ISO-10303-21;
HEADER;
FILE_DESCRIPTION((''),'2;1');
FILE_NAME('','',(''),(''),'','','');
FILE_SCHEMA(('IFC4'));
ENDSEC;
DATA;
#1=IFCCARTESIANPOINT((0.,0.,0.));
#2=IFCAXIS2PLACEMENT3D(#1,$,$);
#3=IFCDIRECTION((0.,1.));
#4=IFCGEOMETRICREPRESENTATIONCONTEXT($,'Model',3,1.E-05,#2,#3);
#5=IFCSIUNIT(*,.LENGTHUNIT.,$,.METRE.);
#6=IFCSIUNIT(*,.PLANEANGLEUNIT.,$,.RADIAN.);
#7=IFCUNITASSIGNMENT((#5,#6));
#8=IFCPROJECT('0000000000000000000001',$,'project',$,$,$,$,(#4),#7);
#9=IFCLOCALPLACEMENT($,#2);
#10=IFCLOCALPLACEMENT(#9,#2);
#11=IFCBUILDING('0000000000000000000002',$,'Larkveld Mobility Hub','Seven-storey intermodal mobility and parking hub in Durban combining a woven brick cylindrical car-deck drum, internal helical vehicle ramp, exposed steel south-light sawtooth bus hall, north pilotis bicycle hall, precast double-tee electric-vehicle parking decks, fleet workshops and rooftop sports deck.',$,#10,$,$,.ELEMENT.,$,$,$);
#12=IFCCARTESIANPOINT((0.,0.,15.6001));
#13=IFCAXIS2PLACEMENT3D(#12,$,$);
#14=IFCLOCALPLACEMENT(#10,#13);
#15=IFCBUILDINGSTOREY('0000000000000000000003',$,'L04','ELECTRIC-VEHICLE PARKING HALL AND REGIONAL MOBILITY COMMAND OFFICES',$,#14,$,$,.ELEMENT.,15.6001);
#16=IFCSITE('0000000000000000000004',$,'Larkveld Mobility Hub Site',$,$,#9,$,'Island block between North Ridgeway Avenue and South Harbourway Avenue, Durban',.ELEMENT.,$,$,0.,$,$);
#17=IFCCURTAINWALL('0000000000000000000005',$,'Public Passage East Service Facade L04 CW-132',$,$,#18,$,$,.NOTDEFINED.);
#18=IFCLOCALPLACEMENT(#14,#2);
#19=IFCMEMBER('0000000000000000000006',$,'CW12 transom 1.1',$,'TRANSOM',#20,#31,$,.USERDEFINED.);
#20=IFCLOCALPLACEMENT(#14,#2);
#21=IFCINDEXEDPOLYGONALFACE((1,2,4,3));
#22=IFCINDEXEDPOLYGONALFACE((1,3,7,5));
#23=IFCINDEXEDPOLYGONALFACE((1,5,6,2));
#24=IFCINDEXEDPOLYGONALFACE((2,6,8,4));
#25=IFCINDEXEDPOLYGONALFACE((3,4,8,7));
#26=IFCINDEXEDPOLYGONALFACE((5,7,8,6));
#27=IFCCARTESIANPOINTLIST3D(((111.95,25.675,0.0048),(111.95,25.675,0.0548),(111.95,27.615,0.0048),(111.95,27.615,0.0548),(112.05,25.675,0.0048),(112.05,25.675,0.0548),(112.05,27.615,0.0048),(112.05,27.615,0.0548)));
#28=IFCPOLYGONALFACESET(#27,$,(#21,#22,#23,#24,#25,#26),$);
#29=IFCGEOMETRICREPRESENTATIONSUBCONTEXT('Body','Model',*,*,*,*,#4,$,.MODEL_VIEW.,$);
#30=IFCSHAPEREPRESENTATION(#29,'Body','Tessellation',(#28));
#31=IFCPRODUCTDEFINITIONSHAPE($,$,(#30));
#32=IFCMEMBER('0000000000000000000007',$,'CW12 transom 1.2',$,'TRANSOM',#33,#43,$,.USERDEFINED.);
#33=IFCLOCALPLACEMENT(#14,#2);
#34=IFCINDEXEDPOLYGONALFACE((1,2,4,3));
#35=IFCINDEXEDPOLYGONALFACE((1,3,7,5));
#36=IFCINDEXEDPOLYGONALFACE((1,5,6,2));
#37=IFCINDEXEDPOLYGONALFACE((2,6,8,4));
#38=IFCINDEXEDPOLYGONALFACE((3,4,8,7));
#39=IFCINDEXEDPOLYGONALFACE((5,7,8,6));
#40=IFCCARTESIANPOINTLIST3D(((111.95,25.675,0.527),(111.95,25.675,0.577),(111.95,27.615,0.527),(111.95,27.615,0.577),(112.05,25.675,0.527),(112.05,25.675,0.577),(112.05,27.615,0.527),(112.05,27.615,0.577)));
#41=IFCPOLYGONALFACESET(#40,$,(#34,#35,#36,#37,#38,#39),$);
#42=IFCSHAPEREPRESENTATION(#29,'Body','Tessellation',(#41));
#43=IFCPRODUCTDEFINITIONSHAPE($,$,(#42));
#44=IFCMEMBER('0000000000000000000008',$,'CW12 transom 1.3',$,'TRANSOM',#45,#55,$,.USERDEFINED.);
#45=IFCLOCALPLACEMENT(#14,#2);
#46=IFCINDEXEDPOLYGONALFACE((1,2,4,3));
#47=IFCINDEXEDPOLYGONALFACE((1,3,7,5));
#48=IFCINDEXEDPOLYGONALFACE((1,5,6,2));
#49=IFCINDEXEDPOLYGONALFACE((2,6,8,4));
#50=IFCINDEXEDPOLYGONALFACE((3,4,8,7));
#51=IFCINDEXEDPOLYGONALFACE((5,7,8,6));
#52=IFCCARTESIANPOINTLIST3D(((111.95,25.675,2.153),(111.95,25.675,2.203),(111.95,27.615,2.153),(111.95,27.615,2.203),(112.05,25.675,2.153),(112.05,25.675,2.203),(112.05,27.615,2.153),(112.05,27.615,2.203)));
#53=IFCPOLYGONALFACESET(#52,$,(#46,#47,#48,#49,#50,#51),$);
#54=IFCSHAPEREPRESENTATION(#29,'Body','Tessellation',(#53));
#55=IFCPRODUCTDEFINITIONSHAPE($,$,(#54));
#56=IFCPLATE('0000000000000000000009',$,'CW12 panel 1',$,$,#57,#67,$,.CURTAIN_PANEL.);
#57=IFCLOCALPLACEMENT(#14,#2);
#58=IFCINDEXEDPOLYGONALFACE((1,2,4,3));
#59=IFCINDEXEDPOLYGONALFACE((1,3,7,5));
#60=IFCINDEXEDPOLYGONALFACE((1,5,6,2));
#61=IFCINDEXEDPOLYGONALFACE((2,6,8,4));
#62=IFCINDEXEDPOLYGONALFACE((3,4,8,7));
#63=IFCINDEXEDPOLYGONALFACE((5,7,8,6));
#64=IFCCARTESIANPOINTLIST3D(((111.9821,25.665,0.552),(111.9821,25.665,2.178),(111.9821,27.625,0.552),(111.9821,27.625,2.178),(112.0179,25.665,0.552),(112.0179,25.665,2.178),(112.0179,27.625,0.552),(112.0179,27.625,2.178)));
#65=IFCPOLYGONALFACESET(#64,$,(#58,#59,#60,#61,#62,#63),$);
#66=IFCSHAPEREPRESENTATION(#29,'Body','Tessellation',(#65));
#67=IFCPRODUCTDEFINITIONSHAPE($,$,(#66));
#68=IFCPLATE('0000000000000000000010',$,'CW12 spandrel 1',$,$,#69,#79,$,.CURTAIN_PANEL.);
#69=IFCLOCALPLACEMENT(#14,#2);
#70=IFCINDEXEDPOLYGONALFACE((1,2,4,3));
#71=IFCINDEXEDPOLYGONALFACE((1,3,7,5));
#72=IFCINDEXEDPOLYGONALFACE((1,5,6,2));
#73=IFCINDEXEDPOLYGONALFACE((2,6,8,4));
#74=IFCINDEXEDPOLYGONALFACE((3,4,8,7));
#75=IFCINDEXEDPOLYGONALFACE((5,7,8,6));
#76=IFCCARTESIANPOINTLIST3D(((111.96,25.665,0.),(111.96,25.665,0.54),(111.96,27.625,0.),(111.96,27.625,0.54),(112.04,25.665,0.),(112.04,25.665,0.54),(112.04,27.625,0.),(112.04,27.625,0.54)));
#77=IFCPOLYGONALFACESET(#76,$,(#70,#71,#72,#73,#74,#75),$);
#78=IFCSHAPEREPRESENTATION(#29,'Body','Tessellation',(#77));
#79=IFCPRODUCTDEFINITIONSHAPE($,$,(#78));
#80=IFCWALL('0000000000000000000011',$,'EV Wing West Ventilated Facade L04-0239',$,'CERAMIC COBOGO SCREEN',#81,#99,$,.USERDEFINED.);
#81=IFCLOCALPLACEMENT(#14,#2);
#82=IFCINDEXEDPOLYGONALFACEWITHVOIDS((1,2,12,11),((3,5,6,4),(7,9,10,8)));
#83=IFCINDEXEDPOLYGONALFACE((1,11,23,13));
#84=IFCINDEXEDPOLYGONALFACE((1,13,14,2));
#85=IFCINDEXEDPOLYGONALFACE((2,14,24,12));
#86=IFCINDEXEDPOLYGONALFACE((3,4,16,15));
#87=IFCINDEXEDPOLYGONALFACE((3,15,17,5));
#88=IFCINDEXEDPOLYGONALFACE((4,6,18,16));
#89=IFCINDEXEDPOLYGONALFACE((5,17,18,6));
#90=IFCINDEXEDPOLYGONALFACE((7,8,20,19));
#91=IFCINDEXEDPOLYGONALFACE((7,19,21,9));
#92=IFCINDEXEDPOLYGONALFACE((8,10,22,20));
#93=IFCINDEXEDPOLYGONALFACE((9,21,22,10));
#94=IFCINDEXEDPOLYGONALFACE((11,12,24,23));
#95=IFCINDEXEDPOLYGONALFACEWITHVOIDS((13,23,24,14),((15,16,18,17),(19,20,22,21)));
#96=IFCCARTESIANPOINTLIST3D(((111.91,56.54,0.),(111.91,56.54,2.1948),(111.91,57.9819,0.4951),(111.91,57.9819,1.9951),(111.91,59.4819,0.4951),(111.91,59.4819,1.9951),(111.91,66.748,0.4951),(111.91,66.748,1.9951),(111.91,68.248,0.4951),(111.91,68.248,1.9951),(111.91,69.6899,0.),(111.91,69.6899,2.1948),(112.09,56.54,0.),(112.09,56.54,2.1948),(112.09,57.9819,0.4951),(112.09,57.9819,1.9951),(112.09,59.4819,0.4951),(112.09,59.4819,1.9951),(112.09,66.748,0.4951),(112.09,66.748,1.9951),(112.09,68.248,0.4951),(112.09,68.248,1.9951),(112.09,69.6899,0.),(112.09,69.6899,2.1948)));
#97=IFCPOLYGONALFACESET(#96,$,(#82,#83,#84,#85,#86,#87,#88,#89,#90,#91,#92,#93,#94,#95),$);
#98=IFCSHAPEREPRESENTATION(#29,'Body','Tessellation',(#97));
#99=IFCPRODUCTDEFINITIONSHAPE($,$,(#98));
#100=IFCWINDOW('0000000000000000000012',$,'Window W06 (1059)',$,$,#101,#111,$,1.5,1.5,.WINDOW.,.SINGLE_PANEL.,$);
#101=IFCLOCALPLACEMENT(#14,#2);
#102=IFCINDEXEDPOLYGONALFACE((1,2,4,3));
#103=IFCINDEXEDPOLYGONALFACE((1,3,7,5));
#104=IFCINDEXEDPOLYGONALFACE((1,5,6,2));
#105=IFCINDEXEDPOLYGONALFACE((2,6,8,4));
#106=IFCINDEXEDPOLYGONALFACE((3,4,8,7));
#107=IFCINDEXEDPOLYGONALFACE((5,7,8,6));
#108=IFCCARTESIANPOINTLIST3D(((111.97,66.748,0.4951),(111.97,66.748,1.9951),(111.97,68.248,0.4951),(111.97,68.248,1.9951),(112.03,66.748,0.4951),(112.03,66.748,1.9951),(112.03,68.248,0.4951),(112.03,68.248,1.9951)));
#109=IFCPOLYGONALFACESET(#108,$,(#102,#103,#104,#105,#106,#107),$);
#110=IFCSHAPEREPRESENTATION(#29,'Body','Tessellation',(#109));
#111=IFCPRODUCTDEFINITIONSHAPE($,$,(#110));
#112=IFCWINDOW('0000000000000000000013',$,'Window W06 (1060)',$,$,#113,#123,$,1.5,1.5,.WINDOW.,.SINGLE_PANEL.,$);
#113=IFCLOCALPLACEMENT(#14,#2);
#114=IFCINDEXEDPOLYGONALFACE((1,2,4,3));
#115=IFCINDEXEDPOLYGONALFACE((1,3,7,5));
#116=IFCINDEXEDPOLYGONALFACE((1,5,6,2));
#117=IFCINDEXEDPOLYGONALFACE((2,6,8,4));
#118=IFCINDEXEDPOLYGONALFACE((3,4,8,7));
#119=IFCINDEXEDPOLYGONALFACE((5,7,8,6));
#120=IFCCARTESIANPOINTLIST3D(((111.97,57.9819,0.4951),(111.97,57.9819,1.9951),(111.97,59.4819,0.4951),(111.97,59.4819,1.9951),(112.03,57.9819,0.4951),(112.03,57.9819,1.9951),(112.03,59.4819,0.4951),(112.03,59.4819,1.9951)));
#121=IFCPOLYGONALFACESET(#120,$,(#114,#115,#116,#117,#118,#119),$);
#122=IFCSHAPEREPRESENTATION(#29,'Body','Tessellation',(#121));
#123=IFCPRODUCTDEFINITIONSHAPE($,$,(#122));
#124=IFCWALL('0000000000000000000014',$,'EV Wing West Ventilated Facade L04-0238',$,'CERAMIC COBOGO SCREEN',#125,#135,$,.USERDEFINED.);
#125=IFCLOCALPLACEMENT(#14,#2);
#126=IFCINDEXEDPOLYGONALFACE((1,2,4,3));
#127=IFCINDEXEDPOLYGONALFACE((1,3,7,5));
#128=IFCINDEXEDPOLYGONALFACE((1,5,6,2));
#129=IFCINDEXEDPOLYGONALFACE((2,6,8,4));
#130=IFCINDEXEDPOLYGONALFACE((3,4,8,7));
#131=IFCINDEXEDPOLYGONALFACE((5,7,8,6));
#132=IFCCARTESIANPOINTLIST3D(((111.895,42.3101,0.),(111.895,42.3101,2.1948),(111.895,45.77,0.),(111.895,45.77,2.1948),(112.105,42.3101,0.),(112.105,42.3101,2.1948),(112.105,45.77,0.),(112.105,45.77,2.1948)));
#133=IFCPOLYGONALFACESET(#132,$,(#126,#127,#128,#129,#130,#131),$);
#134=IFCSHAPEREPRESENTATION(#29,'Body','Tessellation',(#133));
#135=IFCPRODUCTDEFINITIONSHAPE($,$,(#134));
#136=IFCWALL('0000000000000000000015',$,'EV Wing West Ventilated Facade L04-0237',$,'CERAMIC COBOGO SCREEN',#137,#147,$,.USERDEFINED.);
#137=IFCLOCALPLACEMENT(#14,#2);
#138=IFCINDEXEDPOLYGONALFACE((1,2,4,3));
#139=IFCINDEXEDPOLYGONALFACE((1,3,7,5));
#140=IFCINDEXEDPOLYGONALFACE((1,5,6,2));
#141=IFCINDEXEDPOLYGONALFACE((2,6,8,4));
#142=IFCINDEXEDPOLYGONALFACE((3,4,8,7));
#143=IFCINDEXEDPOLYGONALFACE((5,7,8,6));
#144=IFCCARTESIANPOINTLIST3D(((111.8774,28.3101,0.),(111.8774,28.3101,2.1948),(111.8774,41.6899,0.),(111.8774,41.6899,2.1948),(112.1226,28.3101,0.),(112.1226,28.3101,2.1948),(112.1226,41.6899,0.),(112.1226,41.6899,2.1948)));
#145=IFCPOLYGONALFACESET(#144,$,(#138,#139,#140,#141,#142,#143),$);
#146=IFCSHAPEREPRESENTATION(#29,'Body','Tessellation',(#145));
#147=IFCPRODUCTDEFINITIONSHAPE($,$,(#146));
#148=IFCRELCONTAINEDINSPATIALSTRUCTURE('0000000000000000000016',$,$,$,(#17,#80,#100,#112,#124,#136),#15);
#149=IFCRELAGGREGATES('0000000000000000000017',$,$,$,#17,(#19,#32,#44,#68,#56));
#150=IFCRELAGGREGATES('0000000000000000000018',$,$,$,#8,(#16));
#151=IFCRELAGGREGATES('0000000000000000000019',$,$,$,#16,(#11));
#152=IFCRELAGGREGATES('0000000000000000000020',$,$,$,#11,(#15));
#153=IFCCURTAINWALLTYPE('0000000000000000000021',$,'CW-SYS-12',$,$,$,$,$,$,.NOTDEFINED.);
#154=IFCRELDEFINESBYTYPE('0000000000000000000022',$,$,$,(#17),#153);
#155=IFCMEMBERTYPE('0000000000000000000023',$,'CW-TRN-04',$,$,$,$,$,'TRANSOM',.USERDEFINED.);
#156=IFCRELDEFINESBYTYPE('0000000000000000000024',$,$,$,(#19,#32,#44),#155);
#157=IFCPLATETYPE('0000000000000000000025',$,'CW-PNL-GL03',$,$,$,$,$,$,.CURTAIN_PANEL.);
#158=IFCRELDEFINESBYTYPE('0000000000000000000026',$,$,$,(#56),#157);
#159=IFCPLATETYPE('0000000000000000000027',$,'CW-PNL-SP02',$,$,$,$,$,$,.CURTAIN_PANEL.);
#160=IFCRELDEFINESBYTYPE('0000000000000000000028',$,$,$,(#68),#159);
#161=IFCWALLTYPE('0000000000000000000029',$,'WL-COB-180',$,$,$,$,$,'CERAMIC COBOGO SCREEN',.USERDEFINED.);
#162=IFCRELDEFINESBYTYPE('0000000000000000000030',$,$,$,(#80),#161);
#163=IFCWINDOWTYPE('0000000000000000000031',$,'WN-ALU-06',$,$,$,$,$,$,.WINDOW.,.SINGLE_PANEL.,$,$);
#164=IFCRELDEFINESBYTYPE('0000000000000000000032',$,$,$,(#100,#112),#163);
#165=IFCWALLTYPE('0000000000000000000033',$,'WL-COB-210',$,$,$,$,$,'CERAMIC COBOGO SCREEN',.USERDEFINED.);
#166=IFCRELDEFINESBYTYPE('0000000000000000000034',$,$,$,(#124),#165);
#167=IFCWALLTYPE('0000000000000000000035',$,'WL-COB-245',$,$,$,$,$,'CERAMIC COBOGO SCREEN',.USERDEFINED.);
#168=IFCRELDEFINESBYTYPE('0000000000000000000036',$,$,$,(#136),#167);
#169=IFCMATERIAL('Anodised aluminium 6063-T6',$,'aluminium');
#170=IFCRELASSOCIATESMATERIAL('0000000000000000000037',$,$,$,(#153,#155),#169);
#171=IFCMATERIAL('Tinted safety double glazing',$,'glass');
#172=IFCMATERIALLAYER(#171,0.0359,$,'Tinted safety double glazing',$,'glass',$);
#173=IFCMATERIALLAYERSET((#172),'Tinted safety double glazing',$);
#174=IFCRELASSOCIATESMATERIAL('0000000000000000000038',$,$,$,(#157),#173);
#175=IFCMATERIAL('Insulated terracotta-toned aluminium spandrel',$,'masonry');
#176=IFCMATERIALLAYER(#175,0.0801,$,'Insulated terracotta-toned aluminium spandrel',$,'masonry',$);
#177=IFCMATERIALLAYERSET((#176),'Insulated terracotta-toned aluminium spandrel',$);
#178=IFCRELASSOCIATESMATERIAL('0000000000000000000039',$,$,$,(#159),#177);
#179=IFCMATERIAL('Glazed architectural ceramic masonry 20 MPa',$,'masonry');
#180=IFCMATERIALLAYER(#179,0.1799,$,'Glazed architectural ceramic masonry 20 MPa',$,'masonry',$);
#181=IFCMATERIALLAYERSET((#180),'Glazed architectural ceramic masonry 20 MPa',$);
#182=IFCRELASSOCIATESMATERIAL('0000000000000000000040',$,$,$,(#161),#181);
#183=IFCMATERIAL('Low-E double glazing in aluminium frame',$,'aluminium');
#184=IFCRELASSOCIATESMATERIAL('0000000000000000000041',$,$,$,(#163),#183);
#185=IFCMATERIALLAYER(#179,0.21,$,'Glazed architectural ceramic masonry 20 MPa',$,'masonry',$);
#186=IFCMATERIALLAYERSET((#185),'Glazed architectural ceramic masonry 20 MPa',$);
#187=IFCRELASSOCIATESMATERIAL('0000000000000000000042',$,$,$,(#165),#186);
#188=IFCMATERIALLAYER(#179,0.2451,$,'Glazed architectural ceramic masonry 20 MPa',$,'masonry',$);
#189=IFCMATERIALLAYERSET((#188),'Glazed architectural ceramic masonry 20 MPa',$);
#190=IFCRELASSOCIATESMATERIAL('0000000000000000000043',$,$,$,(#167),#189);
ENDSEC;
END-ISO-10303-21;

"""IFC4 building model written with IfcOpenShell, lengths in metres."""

from ifc_helpers import new_model, si_unit, direction, frame, frame_2d, origin, origin_2d, place, context, subcontext, project, spatial, rectangle, extrude, material, layer, layer_set, material_profile, profile_set, type_object, element, fill, aggregate, save


model = new_model("IFC4")

# Units and contexts
model_context = context("Model", 3, precision=1e-05, world=origin(), true_north=direction((0.0, 1.0)))
body_context = subcontext(model_context, "Body", "Model", "MODEL_VIEW")
ifc_project = project(units=[si_unit("LENGTHUNIT", "METRE"), si_unit("PLANEANGLEUNIT", "RADIAN")], contexts=[model_context])

# Site, building, storey
site_placement = place(None, origin())
site = spatial("IfcSite", under=ifc_project, at=site_placement, Name="Larkveld Mobility Hub Site", LongName="Island block between North Ridgeway Avenue and South Harbourway Avenue, Durban", CompositionType="ELEMENT", RefElevation=0.0)
building_placement = place(site_placement, origin())
building = spatial("IfcBuilding", under=site, at=building_placement, Name="Larkveld Mobility Hub", Description="Seven-storey intermodal mobility and parking hub in Durban combining a woven brick cylindrical car-deck drum, internal helical vehicle ramp, exposed steel south-light sawtooth bus hall, north pilotis bicycle hall, precast double-tee electric-vehicle parking decks, fleet workshops and rooftop sports deck.", CompositionType="ELEMENT")
storey_placement = place(building_placement, frame((0.0, 0.0, 15.6001)))
storey = spatial("IfcBuildingStorey", under=building, at=storey_placement, Name="L04", Description="ELECTRIC-VEHICLE PARKING HALL AND REGIONAL MOBILITY COMMAND OFFICES", CompositionType="ELEMENT", Elevation=15.6001)

# Curtain wall, members, plates
ifc_material_1 = material(Name="Anodised aluminium 6063-T6", Category="aluminium")
curtain_wall_type = type_object("IfcCurtainWallType", Name="CW-SYS-12", PredefinedType="NOTDEFINED", material=ifc_material_1)
curtain_wall_placement = place(storey_placement, origin())
curtain_wall = element("IfcCurtainWall", 1, at=curtain_wall_placement, inside=storey, type_object=curtain_wall_type, Name="Public Passage East Service Facade L04 CW-132", PredefinedType="NOTDEFINED")
ifc_material_profile_1 = material_profile(ifc_material_1, rectangle(XDim=0.1001, YDim=0.05, at=origin_2d()), Name="ALU TRAN 50x100")
ifc_profile_set_1 = profile_set([ifc_material_profile_1], Name="Anodised aluminium 6063-T6")
member_type_1 = type_object("IfcMemberType", Name="CW-TRN-04", ElementType="TRANSOM", PredefinedType="USERDEFINED", material=ifc_profile_set_1)
member_1_placement = place(storey_placement, frame((112.0, 27.615, 0.0298), z_axis=(0.0, -1.0, 0.0), x_axis=(1.0, 0.0, 0.0)))
member_1 = element("IfcMember", 2, at=member_1_placement, type_object=member_type_1, Name="CW12 transom 1.1", ObjectType="TRANSOM", PredefinedType="USERDEFINED", context=body_context, shape_type="SweptSolid", body=[
    extrude(rectangle(XDim=0.1001, YDim=0.05, at=origin_2d()), origin(), (0.0, 0.0, 1.0), 1.9399),
])
member_2_placement = place(storey_placement, frame((112.0, 27.615, 0.552), z_axis=(0.0, -1.0, 0.0), x_axis=(1.0, 0.0, 0.0)))
member_2 = element("IfcMember", 3, at=member_2_placement, type_object=member_type_1, Name="CW12 transom 1.2", ObjectType="TRANSOM", PredefinedType="USERDEFINED", context=body_context, shape_type="SweptSolid", body=[
    extrude(rectangle(XDim=0.1001, YDim=0.05, at=origin_2d()), origin(), (0.0, 0.0, 1.0), 1.9399),
])
member_3_placement = place(storey_placement, frame((112.0, 27.615, 2.178), z_axis=(0.0, -1.0, 0.0), x_axis=(1.0, 0.0, 0.0)))
member_3 = element("IfcMember", 4, at=member_3_placement, type_object=member_type_1, Name="CW12 transom 1.3", ObjectType="TRANSOM", PredefinedType="USERDEFINED", context=body_context, shape_type="SweptSolid", body=[
    extrude(rectangle(XDim=0.1001, YDim=0.05, at=origin_2d()), origin(), (0.0, 0.0, 1.0), 1.9399),
])
ifc_material_2 = material(Name="Tinted safety double glazing", Category="glass")
ifc_layer_1 = layer(ifc_material_2, 0.0359, Name="Tinted safety double glazing", Category="glass")
ifc_layer_set_1 = layer_set([ifc_layer_1], Name="Tinted safety double glazing")
plate_type_1 = type_object("IfcPlateType", Name="CW-PNL-GL03", PredefinedType="CURTAIN_PANEL", material=ifc_layer_set_1)
plate_1_placement = place(storey_placement, frame((112.0, 26.645, 0.552), z_axis=(0.0, 0.0, 1.0), x_axis=(0.0, -1.0, 0.0)))
plate_1 = element("IfcPlate", 5, at=plate_1_placement, type_object=plate_type_1, Name="CW12 panel 1", PredefinedType="CURTAIN_PANEL", context=body_context, shape_type="SweptSolid", body=[
    extrude(rectangle(XDim=1.96, YDim=0.0359, at=origin_2d()), origin(), (0.0, 0.0, 1.0), 1.626),
])
ifc_material_3 = material(Name="Insulated terracotta-toned aluminium spandrel", Category="masonry")
ifc_layer_2 = layer(ifc_material_3, 0.0801, Name="Insulated terracotta-toned aluminium spandrel", Category="masonry")
ifc_layer_set_2 = layer_set([ifc_layer_2], Name="Insulated terracotta-toned aluminium spandrel")
plate_type_2 = type_object("IfcPlateType", Name="CW-PNL-SP02", PredefinedType="CURTAIN_PANEL", material=ifc_layer_set_2)
plate_2_placement = place(storey_placement, frame((112.0, 26.645, 0.0), z_axis=(0.0, 0.0, 1.0), x_axis=(0.0, -1.0, 0.0)))
plate_2 = element("IfcPlate", 6, at=plate_2_placement, type_object=plate_type_2, Name="CW12 spandrel 1", PredefinedType="CURTAIN_PANEL", context=body_context, shape_type="SweptSolid", body=[
    extrude(rectangle(XDim=1.96, YDim=0.0801, at=origin_2d()), origin(), (0.0, 0.0, 1.0), 0.54),
])
aggregate(curtain_wall, [member_1, member_2, member_3, plate_2, plate_1])

# Wall, openings, windows
ifc_material_4 = material(Name="Glazed architectural ceramic masonry 20 MPa", Category="masonry")
ifc_layer_3 = layer(ifc_material_4, 0.1799, Name="Glazed architectural ceramic masonry 20 MPa", Category="masonry")
ifc_layer_set_3 = layer_set([ifc_layer_3], Name="Glazed architectural ceramic masonry 20 MPa")
wall_type_1 = type_object("IfcWallType", Name="WL-COB-180", ElementType="CERAMIC COBOGO SCREEN", PredefinedType="USERDEFINED", material=ifc_layer_set_3)
wall_1_placement = place(storey_placement, frame((112.0, 69.6899, 0.0), z_axis=(0.0, 0.0, 1.0), x_axis=(0.0, -1.0, 0.0)))
wall_1 = element("IfcWall", 7, at=wall_1_placement, inside=storey, type_object=wall_type_1, Name="EV Wing West Ventilated Facade L04-0239", ObjectType="CERAMIC COBOGO SCREEN", PredefinedType="USERDEFINED", context=body_context, shape_type="SweptSolid", body=[
    extrude(rectangle(XDim=13.1499, YDim=0.1799, at=frame_2d((6.575, 0.0))), origin(), (0.0, 0.0, 1.0), 2.1948),
])
opening_1_placement = place(wall_1_placement, frame((1.4419, 0.0, 0.4951)))
opening_1 = element("IfcOpeningElement", 8, at=opening_1_placement, cuts=wall_1, PredefinedType="OPENING", context=body_context, shape_type="SweptSolid", body=[
    extrude(rectangle(XDim=1.5, YDim=1.5, at=frame_2d((0.75, 0.75))), frame((0.0, 0.1001, 0.0), z_axis=(0.0, -1.0, 0.0), x_axis=(1.0, 0.0, 0.0)), (0.0, 0.0, 1.0), 0.2),
])
opening_2_placement = place(wall_1_placement, frame((10.208, 0.0, 0.4951)))
opening_2 = element("IfcOpeningElement", 9, at=opening_2_placement, cuts=wall_1, PredefinedType="OPENING", context=body_context, shape_type="SweptSolid", body=[
    extrude(rectangle(XDim=1.5, YDim=1.5, at=frame_2d((0.75, 0.75))), frame((0.0, 0.1001, 0.0), z_axis=(0.0, -1.0, 0.0), x_axis=(1.0, 0.0, 0.0)), (0.0, 0.0, 1.0), 0.2),
])
ifc_material_5 = material(Name="Low-E double glazing in aluminium frame", Category="aluminium")
window_type_1 = type_object("IfcWindowType", Name="WN-ALU-06", PartitioningType="SINGLE_PANEL", PredefinedType="WINDOW", material=ifc_material_5)
window_1_placement = place(opening_1_placement, origin())
window_1 = element("IfcWindow", 10, at=window_1_placement, inside=storey, type_object=window_type_1, Name="Window W06 (1059)", OverallHeight=1.5, OverallWidth=1.5, PartitioningType="SINGLE_PANEL", PredefinedType="WINDOW", context=body_context, shape_type="SweptSolid", body=[
    extrude(rectangle(XDim=1.5, YDim=1.5, at=frame_2d((0.75, 0.75))), frame((0.0, 0.03, 0.0), z_axis=(0.0, -1.0, 0.0), x_axis=(1.0, 0.0, 0.0)), (0.0, 0.0, 1.0), 0.0601),
])
fill(opening_1, window_1)
window_2_placement = place(opening_2_placement, origin())
window_2 = element("IfcWindow", 11, at=window_2_placement, inside=storey, type_object=window_type_1, Name="Window W06 (1060)", OverallHeight=1.5, OverallWidth=1.5, PartitioningType="SINGLE_PANEL", PredefinedType="WINDOW", context=body_context, shape_type="SweptSolid", body=[
    extrude(rectangle(XDim=1.5, YDim=1.5, at=frame_2d((0.75, 0.75))), frame((0.0, 0.03, 0.0), z_axis=(0.0, -1.0, 0.0), x_axis=(1.0, 0.0, 0.0)), (0.0, 0.0, 1.0), 0.0601),
])
fill(opening_2, window_2)

# Walls
ifc_layer_4 = layer(ifc_material_4, 0.21, Name="Glazed architectural ceramic masonry 20 MPa", Category="masonry")
ifc_layer_set_4 = layer_set([ifc_layer_4], Name="Glazed architectural ceramic masonry 20 MPa")
wall_type_2 = type_object("IfcWallType", Name="WL-COB-210", ElementType="CERAMIC COBOGO SCREEN", PredefinedType="USERDEFINED", material=ifc_layer_set_4)
wall_2_placement = place(storey_placement, frame((112.0, 45.77, 0.0), z_axis=(0.0, 0.0, 1.0), x_axis=(0.0, -1.0, 0.0)))
element("IfcWall", 12, at=wall_2_placement, inside=storey, type_object=wall_type_2, Name="EV Wing West Ventilated Facade L04-0238", ObjectType="CERAMIC COBOGO SCREEN", PredefinedType="USERDEFINED", context=body_context, shape_type="SweptSolid", body=[
    extrude(rectangle(XDim=3.46, YDim=0.21, at=frame_2d((1.73, 0.0))), origin(), (0.0, 0.0, 1.0), 2.1948),
])
ifc_layer_5 = layer(ifc_material_4, 0.2451, Name="Glazed architectural ceramic masonry 20 MPa", Category="masonry")
ifc_layer_set_5 = layer_set([ifc_layer_5], Name="Glazed architectural ceramic masonry 20 MPa")
wall_type_3 = type_object("IfcWallType", Name="WL-COB-245", ElementType="CERAMIC COBOGO SCREEN", PredefinedType="USERDEFINED", material=ifc_layer_set_5)
wall_3_placement = place(storey_placement, frame((112.0, 41.6899, 0.0), z_axis=(0.0, 0.0, 1.0), x_axis=(0.0, -1.0, 0.0)))
element("IfcWall", 13, at=wall_3_placement, inside=storey, type_object=wall_type_3, Name="EV Wing West Ventilated Facade L04-0237", ObjectType="CERAMIC COBOGO SCREEN", PredefinedType="USERDEFINED", context=body_context, shape_type="SweptSolid", body=[
    extrude(rectangle(XDim=13.3799, YDim=0.2451, at=frame_2d((6.6899, 0.0))), origin(), (0.0, 0.0, 1.0), 2.1948),
])

save(model, "model.ifc")
